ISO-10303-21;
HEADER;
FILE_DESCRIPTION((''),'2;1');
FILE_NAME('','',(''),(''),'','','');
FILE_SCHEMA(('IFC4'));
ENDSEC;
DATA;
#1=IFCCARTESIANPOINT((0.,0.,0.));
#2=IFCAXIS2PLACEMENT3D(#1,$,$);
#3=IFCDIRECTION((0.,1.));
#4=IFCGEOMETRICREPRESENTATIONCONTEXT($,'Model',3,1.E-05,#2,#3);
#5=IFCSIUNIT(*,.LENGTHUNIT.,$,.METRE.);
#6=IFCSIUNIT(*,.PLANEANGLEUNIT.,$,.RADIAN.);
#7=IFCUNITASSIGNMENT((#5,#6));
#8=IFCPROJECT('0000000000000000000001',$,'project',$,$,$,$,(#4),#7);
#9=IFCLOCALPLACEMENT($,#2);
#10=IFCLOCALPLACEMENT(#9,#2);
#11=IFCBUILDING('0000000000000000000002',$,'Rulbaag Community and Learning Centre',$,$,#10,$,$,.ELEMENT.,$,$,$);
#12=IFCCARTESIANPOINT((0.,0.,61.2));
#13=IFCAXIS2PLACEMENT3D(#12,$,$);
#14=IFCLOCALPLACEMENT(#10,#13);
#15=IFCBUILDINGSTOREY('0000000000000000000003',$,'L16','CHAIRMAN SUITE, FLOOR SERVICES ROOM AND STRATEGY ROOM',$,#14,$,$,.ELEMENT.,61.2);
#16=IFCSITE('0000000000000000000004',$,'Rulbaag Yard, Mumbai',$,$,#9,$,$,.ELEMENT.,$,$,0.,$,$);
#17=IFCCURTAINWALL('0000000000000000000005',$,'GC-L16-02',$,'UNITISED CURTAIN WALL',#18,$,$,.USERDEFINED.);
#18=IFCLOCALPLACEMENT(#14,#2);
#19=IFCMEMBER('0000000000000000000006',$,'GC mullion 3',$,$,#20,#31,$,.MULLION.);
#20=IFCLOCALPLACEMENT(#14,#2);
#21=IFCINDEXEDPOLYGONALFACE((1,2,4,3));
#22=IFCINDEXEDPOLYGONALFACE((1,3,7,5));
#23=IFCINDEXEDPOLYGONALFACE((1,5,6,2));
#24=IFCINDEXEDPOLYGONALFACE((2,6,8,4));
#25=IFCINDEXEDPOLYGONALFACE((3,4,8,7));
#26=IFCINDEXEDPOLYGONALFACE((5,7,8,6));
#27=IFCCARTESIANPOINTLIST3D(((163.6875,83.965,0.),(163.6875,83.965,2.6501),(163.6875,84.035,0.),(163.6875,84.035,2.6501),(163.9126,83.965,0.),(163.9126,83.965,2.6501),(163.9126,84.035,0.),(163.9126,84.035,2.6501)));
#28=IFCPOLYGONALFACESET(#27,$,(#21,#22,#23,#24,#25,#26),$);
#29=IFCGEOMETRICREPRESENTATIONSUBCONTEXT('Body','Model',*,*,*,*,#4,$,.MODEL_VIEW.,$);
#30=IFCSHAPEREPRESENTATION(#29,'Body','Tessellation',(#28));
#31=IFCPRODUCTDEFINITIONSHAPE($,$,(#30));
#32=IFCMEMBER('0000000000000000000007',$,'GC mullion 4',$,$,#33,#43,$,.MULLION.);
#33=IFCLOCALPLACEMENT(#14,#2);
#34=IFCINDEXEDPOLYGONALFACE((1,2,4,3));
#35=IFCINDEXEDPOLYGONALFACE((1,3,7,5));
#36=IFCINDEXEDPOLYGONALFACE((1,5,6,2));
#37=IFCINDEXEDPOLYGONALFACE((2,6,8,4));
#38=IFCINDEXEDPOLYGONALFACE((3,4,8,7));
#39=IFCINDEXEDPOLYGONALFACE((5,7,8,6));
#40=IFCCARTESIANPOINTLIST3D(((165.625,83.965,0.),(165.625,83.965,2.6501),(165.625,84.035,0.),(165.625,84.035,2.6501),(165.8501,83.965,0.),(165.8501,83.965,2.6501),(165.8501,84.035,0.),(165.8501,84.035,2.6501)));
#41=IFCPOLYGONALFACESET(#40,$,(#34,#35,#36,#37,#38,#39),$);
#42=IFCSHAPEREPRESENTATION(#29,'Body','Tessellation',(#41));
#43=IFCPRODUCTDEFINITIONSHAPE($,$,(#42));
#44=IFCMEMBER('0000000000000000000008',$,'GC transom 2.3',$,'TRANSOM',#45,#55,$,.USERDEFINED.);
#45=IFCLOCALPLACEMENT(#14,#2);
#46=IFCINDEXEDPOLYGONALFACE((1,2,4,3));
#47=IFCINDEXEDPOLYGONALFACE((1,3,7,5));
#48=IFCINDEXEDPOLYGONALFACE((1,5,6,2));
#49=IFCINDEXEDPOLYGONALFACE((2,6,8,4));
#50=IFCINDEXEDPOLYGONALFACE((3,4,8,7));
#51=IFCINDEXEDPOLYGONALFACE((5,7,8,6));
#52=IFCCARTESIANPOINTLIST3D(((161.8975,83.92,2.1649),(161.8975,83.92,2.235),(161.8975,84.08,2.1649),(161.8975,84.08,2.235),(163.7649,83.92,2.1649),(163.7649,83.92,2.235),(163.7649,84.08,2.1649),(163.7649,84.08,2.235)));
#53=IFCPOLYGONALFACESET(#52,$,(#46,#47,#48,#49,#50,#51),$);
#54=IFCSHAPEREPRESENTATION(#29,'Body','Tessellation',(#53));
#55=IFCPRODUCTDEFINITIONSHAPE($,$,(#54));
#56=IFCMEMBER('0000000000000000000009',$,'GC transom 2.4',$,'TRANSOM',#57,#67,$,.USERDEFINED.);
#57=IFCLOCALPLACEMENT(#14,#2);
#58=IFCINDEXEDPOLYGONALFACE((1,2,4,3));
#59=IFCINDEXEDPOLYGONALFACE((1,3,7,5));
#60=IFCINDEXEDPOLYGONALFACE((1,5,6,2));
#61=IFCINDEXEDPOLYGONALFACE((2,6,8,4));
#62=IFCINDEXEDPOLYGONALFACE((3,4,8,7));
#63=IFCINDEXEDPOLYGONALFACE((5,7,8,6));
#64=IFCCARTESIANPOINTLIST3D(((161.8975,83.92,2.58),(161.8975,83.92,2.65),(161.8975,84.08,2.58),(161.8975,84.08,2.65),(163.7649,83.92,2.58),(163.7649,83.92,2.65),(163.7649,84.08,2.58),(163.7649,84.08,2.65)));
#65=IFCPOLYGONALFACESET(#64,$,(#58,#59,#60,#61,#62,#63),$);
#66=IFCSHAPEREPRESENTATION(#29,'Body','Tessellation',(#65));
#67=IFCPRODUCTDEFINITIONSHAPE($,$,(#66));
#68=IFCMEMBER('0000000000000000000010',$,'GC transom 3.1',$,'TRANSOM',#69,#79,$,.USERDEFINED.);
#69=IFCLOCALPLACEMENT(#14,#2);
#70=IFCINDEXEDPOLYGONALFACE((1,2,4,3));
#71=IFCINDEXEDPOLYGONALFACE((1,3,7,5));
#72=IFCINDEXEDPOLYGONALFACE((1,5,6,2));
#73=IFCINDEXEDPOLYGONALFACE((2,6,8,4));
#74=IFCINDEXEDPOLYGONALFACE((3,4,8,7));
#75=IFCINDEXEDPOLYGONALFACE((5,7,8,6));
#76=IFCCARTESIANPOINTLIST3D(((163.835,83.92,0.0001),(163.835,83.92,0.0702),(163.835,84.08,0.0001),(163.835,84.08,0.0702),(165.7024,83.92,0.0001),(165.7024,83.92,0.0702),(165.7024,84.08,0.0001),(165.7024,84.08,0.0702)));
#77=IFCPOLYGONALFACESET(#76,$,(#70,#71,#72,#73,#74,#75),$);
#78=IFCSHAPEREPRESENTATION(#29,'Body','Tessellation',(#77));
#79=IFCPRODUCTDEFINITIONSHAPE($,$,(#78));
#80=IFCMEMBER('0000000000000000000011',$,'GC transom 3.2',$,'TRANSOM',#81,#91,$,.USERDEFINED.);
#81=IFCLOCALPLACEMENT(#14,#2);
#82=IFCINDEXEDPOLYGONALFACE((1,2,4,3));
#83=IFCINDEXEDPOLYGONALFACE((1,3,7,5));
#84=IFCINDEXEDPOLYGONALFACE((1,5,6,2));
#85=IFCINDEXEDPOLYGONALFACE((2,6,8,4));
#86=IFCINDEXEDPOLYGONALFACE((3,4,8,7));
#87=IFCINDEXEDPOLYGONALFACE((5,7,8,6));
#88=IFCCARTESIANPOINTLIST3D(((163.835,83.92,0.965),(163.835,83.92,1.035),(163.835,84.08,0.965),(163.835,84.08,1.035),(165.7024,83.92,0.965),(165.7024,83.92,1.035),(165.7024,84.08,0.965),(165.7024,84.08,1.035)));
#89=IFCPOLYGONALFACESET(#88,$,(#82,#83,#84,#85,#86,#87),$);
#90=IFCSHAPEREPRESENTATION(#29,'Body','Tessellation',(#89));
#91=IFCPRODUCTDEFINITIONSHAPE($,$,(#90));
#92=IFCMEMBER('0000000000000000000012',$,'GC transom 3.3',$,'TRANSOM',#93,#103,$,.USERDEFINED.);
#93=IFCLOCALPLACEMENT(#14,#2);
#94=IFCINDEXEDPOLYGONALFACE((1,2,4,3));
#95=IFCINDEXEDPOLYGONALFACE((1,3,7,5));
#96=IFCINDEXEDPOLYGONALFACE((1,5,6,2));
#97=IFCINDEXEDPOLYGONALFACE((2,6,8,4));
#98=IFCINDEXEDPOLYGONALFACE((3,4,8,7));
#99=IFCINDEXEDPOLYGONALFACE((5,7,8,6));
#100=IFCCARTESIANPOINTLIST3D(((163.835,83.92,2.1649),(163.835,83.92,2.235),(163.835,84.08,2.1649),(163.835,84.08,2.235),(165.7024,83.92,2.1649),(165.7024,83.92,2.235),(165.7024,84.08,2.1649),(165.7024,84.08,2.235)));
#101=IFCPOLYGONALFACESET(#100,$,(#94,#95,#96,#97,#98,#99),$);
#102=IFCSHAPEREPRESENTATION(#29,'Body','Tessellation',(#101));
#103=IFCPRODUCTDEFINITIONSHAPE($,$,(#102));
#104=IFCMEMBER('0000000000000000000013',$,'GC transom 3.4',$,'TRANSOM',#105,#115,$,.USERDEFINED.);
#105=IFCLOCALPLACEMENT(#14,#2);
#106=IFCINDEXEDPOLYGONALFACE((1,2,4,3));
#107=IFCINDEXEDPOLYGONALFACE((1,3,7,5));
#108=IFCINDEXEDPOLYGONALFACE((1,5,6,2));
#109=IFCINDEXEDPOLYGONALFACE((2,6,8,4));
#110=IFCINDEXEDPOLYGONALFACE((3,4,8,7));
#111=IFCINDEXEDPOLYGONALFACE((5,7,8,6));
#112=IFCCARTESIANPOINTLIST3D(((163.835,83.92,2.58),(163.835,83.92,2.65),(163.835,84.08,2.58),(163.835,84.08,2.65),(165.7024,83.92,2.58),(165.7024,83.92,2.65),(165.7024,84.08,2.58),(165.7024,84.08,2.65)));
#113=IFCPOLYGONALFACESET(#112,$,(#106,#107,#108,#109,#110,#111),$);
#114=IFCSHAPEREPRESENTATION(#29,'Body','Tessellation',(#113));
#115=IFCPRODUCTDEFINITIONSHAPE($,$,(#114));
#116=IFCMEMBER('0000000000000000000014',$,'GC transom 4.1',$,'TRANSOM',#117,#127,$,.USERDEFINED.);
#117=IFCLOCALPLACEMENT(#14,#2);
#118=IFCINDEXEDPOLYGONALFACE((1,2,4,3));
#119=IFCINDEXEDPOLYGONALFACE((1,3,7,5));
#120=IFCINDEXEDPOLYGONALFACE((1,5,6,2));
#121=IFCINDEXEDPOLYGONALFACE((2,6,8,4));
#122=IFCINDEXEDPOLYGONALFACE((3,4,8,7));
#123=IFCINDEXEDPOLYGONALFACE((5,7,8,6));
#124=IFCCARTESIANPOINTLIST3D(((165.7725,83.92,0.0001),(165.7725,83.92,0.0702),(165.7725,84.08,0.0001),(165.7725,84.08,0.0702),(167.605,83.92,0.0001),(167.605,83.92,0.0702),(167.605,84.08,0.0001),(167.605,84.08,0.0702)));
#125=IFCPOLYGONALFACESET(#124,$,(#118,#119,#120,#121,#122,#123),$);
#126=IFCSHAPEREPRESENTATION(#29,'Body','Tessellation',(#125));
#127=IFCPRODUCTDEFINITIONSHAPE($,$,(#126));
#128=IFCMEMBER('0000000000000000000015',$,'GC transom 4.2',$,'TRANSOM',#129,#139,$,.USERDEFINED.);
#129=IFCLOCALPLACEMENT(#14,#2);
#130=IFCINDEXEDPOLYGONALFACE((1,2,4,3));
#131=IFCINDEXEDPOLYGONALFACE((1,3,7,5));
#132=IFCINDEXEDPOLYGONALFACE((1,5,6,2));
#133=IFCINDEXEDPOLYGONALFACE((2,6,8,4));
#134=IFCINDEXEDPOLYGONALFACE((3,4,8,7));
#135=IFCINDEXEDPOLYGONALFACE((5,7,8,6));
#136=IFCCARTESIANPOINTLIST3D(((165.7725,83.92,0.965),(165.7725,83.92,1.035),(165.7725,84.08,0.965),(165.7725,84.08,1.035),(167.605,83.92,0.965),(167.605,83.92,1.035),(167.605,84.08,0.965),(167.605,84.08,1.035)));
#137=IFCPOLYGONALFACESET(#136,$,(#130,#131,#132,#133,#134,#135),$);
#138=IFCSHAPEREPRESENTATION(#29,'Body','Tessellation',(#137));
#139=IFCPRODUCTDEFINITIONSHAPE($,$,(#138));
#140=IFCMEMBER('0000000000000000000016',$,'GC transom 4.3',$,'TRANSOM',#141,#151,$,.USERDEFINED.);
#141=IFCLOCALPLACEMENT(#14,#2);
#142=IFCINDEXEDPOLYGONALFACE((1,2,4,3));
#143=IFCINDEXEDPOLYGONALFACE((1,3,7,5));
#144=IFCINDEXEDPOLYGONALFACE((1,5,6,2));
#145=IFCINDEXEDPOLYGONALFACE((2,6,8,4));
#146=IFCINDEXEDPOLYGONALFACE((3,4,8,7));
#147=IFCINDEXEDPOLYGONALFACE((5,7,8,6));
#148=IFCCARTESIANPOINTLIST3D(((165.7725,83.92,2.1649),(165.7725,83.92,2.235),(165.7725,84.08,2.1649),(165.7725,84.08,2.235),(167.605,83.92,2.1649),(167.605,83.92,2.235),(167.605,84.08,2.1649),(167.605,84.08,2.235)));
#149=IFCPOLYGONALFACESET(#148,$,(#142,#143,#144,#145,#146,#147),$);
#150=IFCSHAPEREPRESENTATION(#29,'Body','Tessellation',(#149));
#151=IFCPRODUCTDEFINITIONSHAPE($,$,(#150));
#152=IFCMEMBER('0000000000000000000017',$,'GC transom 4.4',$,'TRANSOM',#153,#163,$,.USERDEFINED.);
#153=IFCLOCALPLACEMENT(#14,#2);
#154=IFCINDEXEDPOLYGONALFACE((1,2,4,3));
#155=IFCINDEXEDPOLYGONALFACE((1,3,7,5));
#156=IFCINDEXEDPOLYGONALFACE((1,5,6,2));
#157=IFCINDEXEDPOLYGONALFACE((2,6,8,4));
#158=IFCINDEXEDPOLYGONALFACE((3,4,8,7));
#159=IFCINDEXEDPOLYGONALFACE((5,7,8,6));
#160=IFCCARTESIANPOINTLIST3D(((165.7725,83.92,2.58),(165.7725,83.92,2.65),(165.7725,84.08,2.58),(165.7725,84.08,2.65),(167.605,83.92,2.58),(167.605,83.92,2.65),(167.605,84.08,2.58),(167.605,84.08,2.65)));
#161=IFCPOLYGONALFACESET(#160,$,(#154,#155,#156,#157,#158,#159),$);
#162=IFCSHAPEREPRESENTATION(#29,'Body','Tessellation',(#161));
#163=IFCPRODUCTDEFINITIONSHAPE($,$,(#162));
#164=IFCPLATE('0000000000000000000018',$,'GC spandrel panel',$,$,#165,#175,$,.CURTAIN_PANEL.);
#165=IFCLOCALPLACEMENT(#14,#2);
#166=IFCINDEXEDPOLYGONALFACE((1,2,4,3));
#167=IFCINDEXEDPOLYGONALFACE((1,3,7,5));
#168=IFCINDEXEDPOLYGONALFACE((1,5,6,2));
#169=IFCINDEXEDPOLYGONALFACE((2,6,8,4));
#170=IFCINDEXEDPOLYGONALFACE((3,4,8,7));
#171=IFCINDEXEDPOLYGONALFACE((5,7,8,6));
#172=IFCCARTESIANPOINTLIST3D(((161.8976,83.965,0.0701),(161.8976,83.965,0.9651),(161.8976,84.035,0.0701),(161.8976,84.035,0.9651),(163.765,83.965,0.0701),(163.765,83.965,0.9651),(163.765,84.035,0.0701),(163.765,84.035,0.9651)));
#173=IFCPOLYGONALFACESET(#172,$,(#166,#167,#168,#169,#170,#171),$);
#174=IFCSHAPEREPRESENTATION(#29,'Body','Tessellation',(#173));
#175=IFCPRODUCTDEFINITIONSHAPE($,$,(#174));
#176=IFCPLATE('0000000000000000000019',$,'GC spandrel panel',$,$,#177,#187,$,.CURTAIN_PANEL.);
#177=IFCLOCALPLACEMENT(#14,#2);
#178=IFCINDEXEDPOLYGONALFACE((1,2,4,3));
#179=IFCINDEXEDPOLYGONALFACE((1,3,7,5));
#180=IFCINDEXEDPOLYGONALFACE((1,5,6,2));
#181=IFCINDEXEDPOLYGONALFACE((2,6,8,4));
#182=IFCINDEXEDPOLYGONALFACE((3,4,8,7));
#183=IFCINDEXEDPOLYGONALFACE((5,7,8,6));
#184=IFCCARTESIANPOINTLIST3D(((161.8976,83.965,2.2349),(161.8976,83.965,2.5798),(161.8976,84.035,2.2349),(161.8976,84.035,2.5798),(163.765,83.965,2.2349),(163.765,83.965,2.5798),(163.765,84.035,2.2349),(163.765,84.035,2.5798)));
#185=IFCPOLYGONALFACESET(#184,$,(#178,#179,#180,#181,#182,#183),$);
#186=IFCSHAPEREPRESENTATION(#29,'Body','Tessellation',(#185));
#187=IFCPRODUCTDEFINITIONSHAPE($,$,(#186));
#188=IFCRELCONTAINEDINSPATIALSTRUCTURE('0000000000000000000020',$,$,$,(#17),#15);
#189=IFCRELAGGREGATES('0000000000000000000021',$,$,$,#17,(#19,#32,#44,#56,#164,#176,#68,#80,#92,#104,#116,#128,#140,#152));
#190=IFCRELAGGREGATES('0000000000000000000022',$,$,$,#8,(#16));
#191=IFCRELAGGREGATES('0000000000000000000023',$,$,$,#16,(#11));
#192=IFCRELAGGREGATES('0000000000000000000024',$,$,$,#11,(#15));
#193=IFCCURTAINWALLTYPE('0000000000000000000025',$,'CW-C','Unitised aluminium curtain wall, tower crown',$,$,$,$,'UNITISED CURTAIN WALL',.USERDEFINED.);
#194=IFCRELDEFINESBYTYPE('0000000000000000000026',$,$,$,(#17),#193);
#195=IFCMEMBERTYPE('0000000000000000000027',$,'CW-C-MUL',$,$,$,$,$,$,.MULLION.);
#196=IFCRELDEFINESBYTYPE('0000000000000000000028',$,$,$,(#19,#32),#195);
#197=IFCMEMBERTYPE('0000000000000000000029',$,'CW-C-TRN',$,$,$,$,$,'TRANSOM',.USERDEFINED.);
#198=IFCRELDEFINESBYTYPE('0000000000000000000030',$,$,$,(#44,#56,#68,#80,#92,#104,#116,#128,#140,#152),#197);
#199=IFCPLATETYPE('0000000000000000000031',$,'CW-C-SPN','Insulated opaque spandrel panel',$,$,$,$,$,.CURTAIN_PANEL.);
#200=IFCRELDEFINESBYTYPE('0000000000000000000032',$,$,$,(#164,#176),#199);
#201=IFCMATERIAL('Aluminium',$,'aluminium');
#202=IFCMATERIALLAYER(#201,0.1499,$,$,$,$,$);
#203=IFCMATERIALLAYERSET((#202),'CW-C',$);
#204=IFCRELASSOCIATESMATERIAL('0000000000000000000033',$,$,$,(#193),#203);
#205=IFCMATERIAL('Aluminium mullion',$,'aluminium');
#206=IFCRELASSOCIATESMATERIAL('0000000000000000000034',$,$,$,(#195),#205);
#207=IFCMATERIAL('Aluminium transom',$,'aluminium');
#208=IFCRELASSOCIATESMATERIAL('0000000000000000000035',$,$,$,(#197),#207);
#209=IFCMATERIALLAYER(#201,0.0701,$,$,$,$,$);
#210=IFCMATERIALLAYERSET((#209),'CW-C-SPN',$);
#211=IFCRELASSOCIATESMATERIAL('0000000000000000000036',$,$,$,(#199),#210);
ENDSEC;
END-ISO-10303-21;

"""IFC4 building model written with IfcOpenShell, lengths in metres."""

from ifc_helpers import new_model, si_unit, direction, frame, origin, origin_2d, place, context, subcontext, project, spatial, rectangle, extrude, material, layer, layer_set, material_profile, profile_set, type_object, element, aggregate, save


model = new_model("IFC4")

# Units and contexts
model_context = context("Model", 3, precision=1e-05, world=origin(), true_north=direction((0.0, 1.0)))
body_context = subcontext(model_context, "Body", "Model", "MODEL_VIEW")
ifc_project = project(units=[si_unit("LENGTHUNIT", "METRE"), si_unit("PLANEANGLEUNIT", "RADIAN")], contexts=[model_context])

# Site, building, storey
site_placement = place(None, origin())
site = spatial("IfcSite", under=ifc_project, at=site_placement, Name="Rulbaag Yard, Mumbai", CompositionType="ELEMENT", RefElevation=0.0)
building_placement = place(site_placement, origin())
building = spatial("IfcBuilding", under=site, at=building_placement, Name="Rulbaag Community and Learning Centre", CompositionType="ELEMENT")
storey_placement = place(building_placement, frame((0.0, 0.0, 61.2)))
storey = spatial("IfcBuildingStorey", under=building, at=storey_placement, Name="L16", Description="CHAIRMAN SUITE, FLOOR SERVICES ROOM AND STRATEGY ROOM", CompositionType="ELEMENT", Elevation=61.2)

# Curtain wall, members, plates
ifc_material_1 = material(Name="Aluminium", Category="aluminium")
ifc_layer_1 = layer(ifc_material_1, 0.1499)
ifc_layer_set_1 = layer_set([ifc_layer_1], Name="CW-C")
curtain_wall_type = type_object("IfcCurtainWallType", Name="CW-C", Description="Unitised aluminium curtain wall, tower crown", ElementType="UNITISED CURTAIN WALL", PredefinedType="USERDEFINED", material=ifc_layer_set_1)
curtain_wall_placement = place(storey_placement, origin())
curtain_wall = element("IfcCurtainWall", 1, at=curtain_wall_placement, inside=storey, type_object=curtain_wall_type, Name="GC-L16-02", ObjectType="UNITISED CURTAIN WALL", PredefinedType="USERDEFINED")
ifc_material_2 = material(Name="Aluminium mullion", Category="aluminium")
ifc_material_profile_1 = material_profile(ifc_material_2, rectangle(XDim=0.0701, YDim=0.2251, at=origin_2d()), Name="AL 70x225")
ifc_profile_set_1 = profile_set([ifc_material_profile_1], Name="Aluminium mullion")
member_type_1 = type_object("IfcMemberType", Name="CW-C-MUL", PredefinedType="MULLION", material=ifc_profile_set_1)
member_1_placement = place(storey_placement, frame((163.8, 84.0, 0.0), z_axis=(0.0, 0.0, 1.0), x_axis=(0.0, 1.0, 0.0)))
member_1 = element("IfcMember", 2, at=member_1_placement, type_object=member_type_1, Name="GC mullion 3", PredefinedType="MULLION", context=body_context, shape_type="SweptSolid", body=[
    extrude(rectangle(XDim=0.0701, YDim=0.2251, at=origin_2d()), origin(), (0.0, 0.0, 1.0), 2.6501),
])
member_2_placement = place(storey_placement, frame((165.7375, 84.0, 0.0), z_axis=(0.0, 0.0, 1.0), x_axis=(0.0, 1.0, 0.0)))
member_2 = element("IfcMember", 3, at=member_2_placement, type_object=member_type_1, Name="GC mullion 4", PredefinedType="MULLION", context=body_context, shape_type="SweptSolid", body=[
    extrude(rectangle(XDim=0.0701, YDim=0.2251, at=origin_2d()), origin(), (0.0, 0.0, 1.0), 2.6501),
])
ifc_material_3 = material(Name="Aluminium transom", Category="aluminium")
ifc_material_profile_2 = material_profile(ifc_material_3, rectangle(XDim=0.1599, YDim=0.0701, at=origin_2d()), Name="AL 70x160 T")
ifc_profile_set_2 = profile_set([ifc_material_profile_2], Name="Aluminium transom")
member_type_2 = type_object("IfcMemberType", Name="CW-C-TRN", ElementType="TRANSOM", PredefinedType="USERDEFINED", material=ifc_profile_set_2)
member_3_placement = place(storey_placement, frame((161.8975, 84.0, 2.2), z_axis=(1.0, 0.0, 0.0), x_axis=(0.0, 1.0, 0.0)))
member_3 = element("IfcMember", 4, at=member_3_placement, type_object=member_type_2, Name="GC transom 2.3", ObjectType="TRANSOM", PredefinedType="USERDEFINED", context=body_context, shape_type="SweptSolid", body=[
    extrude(rectangle(XDim=0.1599, YDim=0.0701, at=origin_2d()), origin(), (0.0, 0.0, 1.0), 1.8674),
])
member_4_placement = place(storey_placement, frame((161.8975, 84.0, 2.615), z_axis=(1.0, 0.0, 0.0), x_axis=(0.0, 1.0, 0.0)))
member_4 = element("IfcMember", 5, at=member_4_placement, type_object=member_type_2, Name="GC transom 2.4", ObjectType="TRANSOM", PredefinedType="USERDEFINED", context=body_context, shape_type="SweptSolid", body=[
    extrude(rectangle(XDim=0.1599, YDim=0.0701, at=origin_2d()), origin(), (0.0, 0.0, 1.0), 1.8674),
])
member_5_placement = place(storey_placement, frame((163.835, 84.0, 0.0352), z_axis=(1.0, 0.0, 0.0), x_axis=(0.0, 1.0, 0.0)))
member_5 = element("IfcMember", 6, at=member_5_placement, type_object=member_type_2, Name="GC transom 3.1", ObjectType="TRANSOM", PredefinedType="USERDEFINED", context=body_context, shape_type="SweptSolid", body=[
    extrude(rectangle(XDim=0.1599, YDim=0.0701, at=origin_2d()), origin(), (0.0, 0.0, 1.0), 1.8674),
])
member_6_placement = place(storey_placement, frame((163.835, 84.0, 1.0), z_axis=(1.0, 0.0, 0.0), x_axis=(0.0, 1.0, 0.0)))
member_6 = element("IfcMember", 7, at=member_6_placement, type_object=member_type_2, Name="GC transom 3.2", ObjectType="TRANSOM", PredefinedType="USERDEFINED", context=body_context, shape_type="SweptSolid", body=[
    extrude(rectangle(XDim=0.1599, YDim=0.0701, at=origin_2d()), origin(), (0.0, 0.0, 1.0), 1.8674),
])
member_7_placement = place(storey_placement, frame((163.835, 84.0, 2.2), z_axis=(1.0, 0.0, 0.0), x_axis=(0.0, 1.0, 0.0)))
member_7 = element("IfcMember", 8, at=member_7_placement, type_object=member_type_2, Name="GC transom 3.3", ObjectType="TRANSOM", PredefinedType="USERDEFINED", context=body_context, shape_type="SweptSolid", body=[
    extrude(rectangle(XDim=0.1599, YDim=0.0701, at=origin_2d()), origin(), (0.0, 0.0, 1.0), 1.8674),
])
member_8_placement = place(storey_placement, frame((163.835, 84.0, 2.615), z_axis=(1.0, 0.0, 0.0), x_axis=(0.0, 1.0, 0.0)))
member_8 = element("IfcMember", 9, at=member_8_placement, type_object=member_type_2, Name="GC transom 3.4", ObjectType="TRANSOM", PredefinedType="USERDEFINED", context=body_context, shape_type="SweptSolid", body=[
    extrude(rectangle(XDim=0.1599, YDim=0.0701, at=origin_2d()), origin(), (0.0, 0.0, 1.0), 1.8674),
])
member_9_placement = place(storey_placement, frame((165.7725, 84.0, 0.0352), z_axis=(1.0, 0.0, 0.0), x_axis=(0.0, 1.0, 0.0)))
member_9 = element("IfcMember", 10, at=member_9_placement, type_object=member_type_2, Name="GC transom 4.1", ObjectType="TRANSOM", PredefinedType="USERDEFINED", context=body_context, shape_type="SweptSolid", body=[
    extrude(rectangle(XDim=0.1599, YDim=0.0701, at=origin_2d()), origin(), (0.0, 0.0, 1.0), 1.8325),
])
member_10_placement = place(storey_placement, frame((165.7725, 84.0, 1.0), z_axis=(1.0, 0.0, 0.0), x_axis=(0.0, 1.0, 0.0)))
member_10 = element("IfcMember", 11, at=member_10_placement, type_object=member_type_2, Name="GC transom 4.2", ObjectType="TRANSOM", PredefinedType="USERDEFINED", context=body_context, shape_type="SweptSolid", body=[
    extrude(rectangle(XDim=0.1599, YDim=0.0701, at=origin_2d()), origin(), (0.0, 0.0, 1.0), 1.8325),
])
member_11_placement = place(storey_placement, frame((165.7725, 84.0, 2.2), z_axis=(1.0, 0.0, 0.0), x_axis=(0.0, 1.0, 0.0)))
member_11 = element("IfcMember", 12, at=member_11_placement, type_object=member_type_2, Name="GC transom 4.3", ObjectType="TRANSOM", PredefinedType="USERDEFINED", context=body_context, shape_type="SweptSolid", body=[
    extrude(rectangle(XDim=0.1599, YDim=0.0701, at=origin_2d()), origin(), (0.0, 0.0, 1.0), 1.8325),
])
member_12_placement = place(storey_placement, frame((165.7725, 84.0, 2.615), z_axis=(1.0, 0.0, 0.0), x_axis=(0.0, 1.0, 0.0)))
member_12 = element("IfcMember", 13, at=member_12_placement, type_object=member_type_2, Name="GC transom 4.4", ObjectType="TRANSOM", PredefinedType="USERDEFINED", context=body_context, shape_type="SweptSolid", body=[
    extrude(rectangle(XDim=0.1599, YDim=0.0701, at=origin_2d()), origin(), (0.0, 0.0, 1.0), 1.8325),
])
ifc_layer_2 = layer(ifc_material_1, 0.0701)
ifc_layer_set_2 = layer_set([ifc_layer_2], Name="CW-C-SPN")
plate_type_1 = type_object("IfcPlateType", Name="CW-C-SPN", Description="Insulated opaque spandrel panel", PredefinedType="CURTAIN_PANEL", material=ifc_layer_set_2)
plate_1_placement = place(storey_placement, frame((162.8313, 84.0, 0.0701), z_axis=(0.0, 0.0, 1.0), x_axis=(1.0, 0.0, 0.0)))
plate_1 = element("IfcPlate", 14, at=plate_1_placement, type_object=plate_type_1, Name="GC spandrel panel", PredefinedType="CURTAIN_PANEL", context=body_context, shape_type="SweptSolid", body=[
    extrude(rectangle(XDim=1.8674, YDim=0.0701, at=origin_2d()), origin(), (0.0, 0.0, 1.0), 0.895),
])
plate_2_placement = place(storey_placement, frame((162.8313, 84.0, 2.2349), z_axis=(0.0, 0.0, 1.0), x_axis=(1.0, 0.0, 0.0)))
plate_2 = element("IfcPlate", 15, at=plate_2_placement, type_object=plate_type_1, Name="GC spandrel panel", PredefinedType="CURTAIN_PANEL", context=body_context, shape_type="SweptSolid", body=[
    extrude(rectangle(XDim=1.8674, YDim=0.0701, at=origin_2d()), origin(), (0.0, 0.0, 1.0), 0.345),
])
aggregate(curtain_wall, [member_1, member_2, member_3, member_4, plate_1, plate_2, member_5, member_6, member_7, member_8, member_9, member_10, member_11, member_12])

save(model, "model.ifc")
